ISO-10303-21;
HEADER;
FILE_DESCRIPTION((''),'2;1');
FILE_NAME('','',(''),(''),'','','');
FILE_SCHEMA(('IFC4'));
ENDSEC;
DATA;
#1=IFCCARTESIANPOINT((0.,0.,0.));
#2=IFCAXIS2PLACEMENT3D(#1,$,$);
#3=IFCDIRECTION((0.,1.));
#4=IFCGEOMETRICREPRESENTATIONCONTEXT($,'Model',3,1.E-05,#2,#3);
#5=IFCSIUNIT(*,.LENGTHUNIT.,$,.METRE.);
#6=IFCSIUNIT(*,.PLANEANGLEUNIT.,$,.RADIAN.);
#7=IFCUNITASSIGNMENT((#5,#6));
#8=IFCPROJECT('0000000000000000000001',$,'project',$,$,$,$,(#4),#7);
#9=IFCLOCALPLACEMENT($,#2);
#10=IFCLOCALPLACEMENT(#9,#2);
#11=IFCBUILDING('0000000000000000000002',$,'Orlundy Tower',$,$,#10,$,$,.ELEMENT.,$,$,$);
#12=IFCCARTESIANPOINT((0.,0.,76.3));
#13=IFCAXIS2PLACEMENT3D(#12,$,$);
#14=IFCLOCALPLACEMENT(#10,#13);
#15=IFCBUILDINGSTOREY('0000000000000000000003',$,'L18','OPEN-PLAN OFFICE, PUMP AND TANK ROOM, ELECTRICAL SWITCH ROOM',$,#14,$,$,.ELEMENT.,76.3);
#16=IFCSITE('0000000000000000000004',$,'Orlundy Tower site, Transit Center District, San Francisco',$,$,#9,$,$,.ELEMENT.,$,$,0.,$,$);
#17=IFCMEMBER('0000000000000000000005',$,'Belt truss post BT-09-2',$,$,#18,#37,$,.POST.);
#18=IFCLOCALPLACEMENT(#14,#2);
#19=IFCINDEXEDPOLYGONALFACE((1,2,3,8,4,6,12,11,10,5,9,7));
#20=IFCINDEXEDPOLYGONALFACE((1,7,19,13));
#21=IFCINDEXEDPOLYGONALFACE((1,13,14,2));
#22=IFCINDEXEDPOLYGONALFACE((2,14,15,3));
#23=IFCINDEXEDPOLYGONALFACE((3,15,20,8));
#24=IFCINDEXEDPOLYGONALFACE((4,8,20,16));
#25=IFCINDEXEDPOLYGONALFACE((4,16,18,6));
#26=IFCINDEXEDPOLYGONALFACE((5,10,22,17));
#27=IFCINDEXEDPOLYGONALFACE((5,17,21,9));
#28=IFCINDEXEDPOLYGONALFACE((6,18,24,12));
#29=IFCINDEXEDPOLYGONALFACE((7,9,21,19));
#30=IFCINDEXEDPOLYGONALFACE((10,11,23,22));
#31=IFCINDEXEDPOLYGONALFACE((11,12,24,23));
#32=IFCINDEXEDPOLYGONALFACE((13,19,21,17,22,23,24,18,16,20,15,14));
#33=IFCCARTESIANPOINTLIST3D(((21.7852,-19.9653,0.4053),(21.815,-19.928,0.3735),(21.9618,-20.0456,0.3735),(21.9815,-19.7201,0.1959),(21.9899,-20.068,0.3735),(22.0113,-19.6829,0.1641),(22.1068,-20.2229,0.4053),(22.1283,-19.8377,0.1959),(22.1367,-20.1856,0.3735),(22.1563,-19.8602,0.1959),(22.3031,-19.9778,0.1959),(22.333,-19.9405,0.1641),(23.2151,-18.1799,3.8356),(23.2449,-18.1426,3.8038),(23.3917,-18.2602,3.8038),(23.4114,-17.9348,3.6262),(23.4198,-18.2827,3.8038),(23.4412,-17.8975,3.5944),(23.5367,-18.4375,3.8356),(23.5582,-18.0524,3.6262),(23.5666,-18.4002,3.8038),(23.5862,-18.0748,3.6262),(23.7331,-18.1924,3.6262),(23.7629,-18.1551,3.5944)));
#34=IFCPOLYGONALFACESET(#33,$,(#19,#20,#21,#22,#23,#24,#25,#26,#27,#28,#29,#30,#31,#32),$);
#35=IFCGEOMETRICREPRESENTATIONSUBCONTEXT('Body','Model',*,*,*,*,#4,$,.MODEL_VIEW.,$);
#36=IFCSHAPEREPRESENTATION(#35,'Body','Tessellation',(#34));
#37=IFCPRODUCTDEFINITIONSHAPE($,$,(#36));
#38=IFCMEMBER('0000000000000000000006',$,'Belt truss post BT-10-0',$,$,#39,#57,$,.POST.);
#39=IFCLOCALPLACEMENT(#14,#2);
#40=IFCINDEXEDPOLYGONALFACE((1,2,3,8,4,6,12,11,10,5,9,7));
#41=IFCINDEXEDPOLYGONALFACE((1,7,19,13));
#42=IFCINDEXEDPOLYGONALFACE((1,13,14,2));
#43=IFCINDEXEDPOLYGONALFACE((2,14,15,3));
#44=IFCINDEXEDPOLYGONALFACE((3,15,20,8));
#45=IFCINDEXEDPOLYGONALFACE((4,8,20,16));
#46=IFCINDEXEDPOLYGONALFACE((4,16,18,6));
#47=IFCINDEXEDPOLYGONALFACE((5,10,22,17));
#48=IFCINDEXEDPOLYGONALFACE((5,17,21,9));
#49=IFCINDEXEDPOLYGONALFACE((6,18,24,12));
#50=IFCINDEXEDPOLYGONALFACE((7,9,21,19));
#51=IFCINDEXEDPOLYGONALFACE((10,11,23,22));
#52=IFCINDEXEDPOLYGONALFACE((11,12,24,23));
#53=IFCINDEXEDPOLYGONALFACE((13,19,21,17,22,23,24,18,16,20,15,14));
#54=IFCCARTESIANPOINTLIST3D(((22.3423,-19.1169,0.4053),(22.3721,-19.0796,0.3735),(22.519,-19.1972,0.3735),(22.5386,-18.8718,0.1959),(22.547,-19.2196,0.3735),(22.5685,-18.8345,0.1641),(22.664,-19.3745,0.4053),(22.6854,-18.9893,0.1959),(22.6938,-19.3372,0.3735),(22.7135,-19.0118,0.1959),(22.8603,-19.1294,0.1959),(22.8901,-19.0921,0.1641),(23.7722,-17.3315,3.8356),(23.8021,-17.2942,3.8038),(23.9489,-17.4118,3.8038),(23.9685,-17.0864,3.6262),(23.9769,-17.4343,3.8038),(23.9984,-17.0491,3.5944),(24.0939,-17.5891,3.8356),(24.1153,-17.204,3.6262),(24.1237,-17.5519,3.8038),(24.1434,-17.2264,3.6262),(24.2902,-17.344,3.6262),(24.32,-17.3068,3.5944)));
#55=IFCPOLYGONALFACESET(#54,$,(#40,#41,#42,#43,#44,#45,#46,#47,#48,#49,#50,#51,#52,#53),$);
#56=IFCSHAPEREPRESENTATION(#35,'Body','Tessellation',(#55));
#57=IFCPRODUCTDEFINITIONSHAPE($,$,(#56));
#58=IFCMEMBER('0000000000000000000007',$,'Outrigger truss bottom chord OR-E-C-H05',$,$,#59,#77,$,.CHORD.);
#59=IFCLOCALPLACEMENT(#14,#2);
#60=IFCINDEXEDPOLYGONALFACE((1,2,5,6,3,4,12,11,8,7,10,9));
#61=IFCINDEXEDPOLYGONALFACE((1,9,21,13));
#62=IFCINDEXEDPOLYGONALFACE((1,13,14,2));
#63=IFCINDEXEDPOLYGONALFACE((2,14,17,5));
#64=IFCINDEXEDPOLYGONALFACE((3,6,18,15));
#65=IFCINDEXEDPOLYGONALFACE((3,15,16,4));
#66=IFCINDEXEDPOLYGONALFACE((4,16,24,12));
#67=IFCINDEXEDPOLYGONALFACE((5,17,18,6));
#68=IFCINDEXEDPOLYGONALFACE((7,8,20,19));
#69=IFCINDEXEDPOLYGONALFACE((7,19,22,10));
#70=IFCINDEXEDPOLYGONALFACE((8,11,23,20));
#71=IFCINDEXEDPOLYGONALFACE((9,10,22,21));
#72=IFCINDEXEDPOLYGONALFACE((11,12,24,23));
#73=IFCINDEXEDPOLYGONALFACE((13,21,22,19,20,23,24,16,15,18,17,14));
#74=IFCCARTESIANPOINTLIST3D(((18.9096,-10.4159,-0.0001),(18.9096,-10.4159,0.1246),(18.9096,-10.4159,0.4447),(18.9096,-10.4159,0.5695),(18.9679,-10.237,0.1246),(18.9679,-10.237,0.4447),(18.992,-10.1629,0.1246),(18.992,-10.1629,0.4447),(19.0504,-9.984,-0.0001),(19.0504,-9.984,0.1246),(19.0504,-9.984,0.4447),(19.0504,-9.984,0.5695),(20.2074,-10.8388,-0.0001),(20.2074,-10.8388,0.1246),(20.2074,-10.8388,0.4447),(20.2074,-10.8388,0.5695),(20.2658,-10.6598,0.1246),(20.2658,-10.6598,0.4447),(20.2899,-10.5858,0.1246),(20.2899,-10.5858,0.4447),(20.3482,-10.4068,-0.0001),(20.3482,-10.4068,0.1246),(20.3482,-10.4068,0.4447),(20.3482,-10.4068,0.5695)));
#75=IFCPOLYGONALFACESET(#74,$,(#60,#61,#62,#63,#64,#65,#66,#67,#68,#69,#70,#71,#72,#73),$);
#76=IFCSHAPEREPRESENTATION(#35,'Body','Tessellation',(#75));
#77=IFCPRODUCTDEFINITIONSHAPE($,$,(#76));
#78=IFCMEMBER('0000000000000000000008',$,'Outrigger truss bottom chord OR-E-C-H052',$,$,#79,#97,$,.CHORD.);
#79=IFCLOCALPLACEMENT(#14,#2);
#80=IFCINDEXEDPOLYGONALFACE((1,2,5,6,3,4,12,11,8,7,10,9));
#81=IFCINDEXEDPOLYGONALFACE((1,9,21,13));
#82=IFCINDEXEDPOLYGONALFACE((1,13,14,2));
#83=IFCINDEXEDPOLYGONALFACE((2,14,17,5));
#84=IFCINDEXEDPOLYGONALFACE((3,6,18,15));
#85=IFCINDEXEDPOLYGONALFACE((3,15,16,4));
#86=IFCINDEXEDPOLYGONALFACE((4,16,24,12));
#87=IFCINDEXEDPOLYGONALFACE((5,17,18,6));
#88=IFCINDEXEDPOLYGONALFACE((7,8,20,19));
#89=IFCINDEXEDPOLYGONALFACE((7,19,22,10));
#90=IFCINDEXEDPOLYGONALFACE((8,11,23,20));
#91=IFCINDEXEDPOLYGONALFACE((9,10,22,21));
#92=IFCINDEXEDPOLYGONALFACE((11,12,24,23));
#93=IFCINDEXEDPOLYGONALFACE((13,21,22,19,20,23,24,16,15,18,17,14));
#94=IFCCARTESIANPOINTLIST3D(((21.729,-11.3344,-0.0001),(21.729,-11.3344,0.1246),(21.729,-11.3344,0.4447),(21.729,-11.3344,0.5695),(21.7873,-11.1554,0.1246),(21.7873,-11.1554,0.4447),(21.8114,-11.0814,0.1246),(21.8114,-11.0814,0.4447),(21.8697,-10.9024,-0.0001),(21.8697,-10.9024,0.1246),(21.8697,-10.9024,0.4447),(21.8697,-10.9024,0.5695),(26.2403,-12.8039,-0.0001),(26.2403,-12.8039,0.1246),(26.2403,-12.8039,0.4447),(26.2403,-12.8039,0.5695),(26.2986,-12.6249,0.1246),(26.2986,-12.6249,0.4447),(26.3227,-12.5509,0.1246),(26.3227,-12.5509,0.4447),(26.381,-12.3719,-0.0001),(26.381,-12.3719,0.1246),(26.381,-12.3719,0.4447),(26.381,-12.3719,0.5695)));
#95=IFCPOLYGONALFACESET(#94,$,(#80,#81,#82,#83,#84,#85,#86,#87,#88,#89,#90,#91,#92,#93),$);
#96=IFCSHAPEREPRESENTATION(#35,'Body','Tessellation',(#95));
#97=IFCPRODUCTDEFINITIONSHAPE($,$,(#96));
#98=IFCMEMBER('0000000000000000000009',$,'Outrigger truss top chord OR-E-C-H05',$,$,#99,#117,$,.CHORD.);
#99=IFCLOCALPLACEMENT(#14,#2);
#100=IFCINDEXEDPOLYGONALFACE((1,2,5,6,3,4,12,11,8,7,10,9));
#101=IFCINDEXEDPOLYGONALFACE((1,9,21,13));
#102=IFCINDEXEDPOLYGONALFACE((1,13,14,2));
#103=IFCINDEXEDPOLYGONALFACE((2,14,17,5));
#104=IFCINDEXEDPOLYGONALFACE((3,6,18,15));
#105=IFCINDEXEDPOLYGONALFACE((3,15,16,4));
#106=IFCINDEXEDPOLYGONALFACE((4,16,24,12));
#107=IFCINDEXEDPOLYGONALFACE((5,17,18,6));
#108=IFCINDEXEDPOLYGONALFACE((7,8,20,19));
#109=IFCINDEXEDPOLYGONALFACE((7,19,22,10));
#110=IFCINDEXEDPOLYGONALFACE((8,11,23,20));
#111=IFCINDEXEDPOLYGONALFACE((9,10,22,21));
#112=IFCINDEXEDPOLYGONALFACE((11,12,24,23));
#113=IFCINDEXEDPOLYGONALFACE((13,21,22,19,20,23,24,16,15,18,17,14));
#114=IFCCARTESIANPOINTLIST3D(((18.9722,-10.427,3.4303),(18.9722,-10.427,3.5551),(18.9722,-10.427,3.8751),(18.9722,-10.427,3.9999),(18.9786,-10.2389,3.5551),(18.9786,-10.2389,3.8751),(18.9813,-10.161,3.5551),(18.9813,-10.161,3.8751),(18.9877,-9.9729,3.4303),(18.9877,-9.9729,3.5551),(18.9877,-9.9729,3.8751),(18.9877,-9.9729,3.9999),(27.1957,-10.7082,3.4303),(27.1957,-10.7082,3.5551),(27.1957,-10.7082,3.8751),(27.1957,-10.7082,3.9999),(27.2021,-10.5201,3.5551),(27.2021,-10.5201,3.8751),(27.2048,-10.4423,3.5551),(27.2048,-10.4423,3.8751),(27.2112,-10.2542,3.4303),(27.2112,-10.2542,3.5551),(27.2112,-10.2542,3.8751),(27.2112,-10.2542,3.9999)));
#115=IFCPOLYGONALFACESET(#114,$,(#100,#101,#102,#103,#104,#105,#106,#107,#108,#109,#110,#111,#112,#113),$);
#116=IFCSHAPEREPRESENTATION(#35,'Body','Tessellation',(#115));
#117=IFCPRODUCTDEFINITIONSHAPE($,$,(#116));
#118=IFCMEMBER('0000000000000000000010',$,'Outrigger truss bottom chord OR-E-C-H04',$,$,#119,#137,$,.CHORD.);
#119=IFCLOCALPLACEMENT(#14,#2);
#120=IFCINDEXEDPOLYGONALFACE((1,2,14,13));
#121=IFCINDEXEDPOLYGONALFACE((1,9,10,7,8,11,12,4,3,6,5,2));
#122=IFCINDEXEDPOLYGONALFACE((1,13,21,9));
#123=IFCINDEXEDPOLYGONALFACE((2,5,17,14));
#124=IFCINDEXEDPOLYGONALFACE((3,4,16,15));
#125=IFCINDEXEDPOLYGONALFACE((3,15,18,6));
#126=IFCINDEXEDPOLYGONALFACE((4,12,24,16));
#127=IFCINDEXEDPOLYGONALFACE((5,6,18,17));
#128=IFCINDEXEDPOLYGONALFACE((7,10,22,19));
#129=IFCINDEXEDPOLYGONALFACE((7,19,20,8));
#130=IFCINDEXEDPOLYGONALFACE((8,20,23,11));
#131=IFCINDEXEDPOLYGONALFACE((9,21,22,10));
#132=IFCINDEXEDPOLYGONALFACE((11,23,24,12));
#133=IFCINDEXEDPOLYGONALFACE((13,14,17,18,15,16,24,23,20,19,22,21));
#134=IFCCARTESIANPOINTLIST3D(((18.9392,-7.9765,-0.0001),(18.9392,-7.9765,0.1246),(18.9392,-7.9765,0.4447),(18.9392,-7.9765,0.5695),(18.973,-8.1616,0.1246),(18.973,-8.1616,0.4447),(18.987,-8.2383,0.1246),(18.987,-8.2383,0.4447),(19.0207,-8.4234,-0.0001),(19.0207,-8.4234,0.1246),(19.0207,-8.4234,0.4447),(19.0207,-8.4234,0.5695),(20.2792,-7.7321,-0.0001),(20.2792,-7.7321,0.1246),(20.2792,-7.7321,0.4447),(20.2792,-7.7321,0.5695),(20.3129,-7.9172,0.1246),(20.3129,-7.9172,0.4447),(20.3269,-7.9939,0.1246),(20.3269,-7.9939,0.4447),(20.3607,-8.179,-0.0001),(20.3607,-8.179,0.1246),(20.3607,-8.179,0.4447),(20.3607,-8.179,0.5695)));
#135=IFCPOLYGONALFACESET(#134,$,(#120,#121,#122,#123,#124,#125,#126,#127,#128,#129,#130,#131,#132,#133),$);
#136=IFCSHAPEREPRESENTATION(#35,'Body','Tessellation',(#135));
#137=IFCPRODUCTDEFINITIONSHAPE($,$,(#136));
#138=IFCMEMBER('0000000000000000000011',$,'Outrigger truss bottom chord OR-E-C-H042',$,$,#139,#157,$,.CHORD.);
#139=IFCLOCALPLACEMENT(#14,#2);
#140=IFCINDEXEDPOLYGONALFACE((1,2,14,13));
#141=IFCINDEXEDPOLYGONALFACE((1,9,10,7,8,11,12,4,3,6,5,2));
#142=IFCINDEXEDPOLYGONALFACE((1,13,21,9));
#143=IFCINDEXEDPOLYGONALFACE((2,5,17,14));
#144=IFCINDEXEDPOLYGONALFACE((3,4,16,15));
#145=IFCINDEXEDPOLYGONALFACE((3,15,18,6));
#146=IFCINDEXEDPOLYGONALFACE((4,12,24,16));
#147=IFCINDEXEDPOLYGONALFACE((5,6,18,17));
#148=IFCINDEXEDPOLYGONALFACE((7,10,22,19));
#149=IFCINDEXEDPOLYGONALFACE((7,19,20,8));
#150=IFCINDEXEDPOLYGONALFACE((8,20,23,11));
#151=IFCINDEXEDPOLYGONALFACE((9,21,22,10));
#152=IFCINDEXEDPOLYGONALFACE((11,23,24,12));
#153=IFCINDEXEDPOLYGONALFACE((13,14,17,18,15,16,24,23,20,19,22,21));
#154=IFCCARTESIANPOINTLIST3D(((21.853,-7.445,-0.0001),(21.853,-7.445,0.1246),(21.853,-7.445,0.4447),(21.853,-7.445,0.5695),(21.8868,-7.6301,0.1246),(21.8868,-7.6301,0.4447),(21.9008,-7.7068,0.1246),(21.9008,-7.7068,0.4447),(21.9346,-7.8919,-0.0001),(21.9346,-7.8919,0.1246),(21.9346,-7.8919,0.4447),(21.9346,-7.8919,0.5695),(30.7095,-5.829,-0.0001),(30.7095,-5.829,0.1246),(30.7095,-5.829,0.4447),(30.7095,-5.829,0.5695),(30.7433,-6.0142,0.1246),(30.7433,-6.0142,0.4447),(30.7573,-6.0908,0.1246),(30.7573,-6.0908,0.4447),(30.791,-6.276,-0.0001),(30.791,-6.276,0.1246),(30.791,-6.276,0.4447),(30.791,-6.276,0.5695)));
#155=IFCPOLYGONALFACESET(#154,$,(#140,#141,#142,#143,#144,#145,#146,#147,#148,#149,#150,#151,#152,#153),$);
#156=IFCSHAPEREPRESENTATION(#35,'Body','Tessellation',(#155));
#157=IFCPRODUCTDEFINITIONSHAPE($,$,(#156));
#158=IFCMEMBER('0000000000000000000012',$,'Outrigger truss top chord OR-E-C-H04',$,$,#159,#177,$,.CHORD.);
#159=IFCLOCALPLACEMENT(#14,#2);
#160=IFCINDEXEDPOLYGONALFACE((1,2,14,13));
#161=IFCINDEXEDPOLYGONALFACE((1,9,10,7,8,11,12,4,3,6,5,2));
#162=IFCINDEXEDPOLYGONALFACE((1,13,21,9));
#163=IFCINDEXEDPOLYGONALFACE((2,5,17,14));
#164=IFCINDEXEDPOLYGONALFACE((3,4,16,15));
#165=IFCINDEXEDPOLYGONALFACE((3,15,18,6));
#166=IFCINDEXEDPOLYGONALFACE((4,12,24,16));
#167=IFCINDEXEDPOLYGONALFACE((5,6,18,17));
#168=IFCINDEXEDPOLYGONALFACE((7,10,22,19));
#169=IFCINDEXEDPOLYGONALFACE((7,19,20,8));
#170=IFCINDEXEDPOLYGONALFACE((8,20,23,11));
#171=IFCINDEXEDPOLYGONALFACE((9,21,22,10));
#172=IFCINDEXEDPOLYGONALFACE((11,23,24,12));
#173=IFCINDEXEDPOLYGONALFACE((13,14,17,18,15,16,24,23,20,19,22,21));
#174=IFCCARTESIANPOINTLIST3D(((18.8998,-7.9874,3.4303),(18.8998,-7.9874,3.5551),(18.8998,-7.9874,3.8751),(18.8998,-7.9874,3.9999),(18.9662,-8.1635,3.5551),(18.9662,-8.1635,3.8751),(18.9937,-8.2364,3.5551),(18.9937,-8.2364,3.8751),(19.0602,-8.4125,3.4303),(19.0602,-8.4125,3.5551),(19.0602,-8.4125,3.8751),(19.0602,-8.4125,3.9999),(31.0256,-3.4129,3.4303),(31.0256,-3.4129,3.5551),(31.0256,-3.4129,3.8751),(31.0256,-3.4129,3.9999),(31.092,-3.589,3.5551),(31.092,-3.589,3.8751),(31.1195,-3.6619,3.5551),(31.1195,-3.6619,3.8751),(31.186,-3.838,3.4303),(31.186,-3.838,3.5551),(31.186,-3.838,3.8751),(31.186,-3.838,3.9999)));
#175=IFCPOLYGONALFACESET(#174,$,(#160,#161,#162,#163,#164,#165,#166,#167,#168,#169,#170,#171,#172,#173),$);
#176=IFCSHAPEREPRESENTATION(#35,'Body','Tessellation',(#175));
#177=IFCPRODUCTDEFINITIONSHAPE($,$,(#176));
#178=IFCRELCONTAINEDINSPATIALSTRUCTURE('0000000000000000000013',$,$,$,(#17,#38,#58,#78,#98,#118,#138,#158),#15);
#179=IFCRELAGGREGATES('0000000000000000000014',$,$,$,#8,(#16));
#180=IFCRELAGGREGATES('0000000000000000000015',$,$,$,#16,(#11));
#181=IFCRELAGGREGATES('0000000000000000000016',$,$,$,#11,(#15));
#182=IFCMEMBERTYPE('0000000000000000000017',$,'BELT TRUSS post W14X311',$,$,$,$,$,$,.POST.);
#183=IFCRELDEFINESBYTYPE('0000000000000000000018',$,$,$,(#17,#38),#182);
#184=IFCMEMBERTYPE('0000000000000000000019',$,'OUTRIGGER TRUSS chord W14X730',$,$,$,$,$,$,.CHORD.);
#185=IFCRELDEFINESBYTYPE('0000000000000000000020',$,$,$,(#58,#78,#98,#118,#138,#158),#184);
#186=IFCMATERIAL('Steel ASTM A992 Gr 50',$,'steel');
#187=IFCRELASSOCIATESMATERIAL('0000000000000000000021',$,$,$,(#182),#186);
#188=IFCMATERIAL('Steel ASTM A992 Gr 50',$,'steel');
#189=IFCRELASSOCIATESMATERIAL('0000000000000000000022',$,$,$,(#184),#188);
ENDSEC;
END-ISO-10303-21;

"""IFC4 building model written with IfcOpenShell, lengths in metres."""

from ifc_helpers import new_model, si_unit, direction, frame, origin, origin_2d, place, context, subcontext, project, spatial, i_section, extrude, material, material_profile, profile_set, type_object, element, save


model = new_model("IFC4")

# Units and contexts
model_context = context("Model", 3, precision=1e-05, world=origin(), true_north=direction((0.0, 1.0)))
body_context = subcontext(model_context, "Body", "Model", "MODEL_VIEW")
ifc_project = project(units=[si_unit("LENGTHUNIT", "METRE"), si_unit("PLANEANGLEUNIT", "RADIAN")], contexts=[model_context])

# Site, building, storey
site_placement = place(None, origin())
site = spatial("IfcSite", under=ifc_project, at=site_placement, Name="Orlundy Tower site, Transit Center District, San Francisco", CompositionType="ELEMENT", RefElevation=0.0)
building_placement = place(site_placement, origin())
building = spatial("IfcBuilding", under=site, at=building_placement, Name="Orlundy Tower", CompositionType="ELEMENT")
storey_placement = place(building_placement, frame((0.0, 0.0, 76.3)))
storey = spatial("IfcBuildingStorey", under=building, at=storey_placement, Name="L18", Description="OPEN-PLAN OFFICE, PUMP AND TANK ROOM, ELECTRICAL SWITCH ROOM", CompositionType="ELEMENT", Elevation=76.3)

# Members
ifc_material_1 = material(Name="Steel ASTM A992 Gr 50", Category="steel")
ifc_material_profile_1 = material_profile(ifc_material_1, i_section(OverallWidth=0.4121, OverallDepth=0.4348, WebThickness=0.0359, FlangeThickness=0.0574, at=origin_2d()), Name="W14X311")
ifc_profile_set_1 = profile_set([ifc_material_profile_1], Name="Steel ASTM A992 Gr 50")
member_type_1 = type_object("IfcMemberType", Name="BELT TRUSS post W14X311", PredefinedType="POST", material=ifc_profile_set_1)
for number, where, z_axis, x_axis, name in (
    (1, (22.0591, -19.9529, 0.2847), (0.346808, 0.433021, 0.831996), (-0.780525, 0.625124, 0.0), "Belt truss post BT-09-2"),
    (2, (22.6162, -19.1045, 0.2847), (0.346808, 0.433021, 0.831996), (-0.780525, 0.625124, 0.0), "Belt truss post BT-10-0"),
):
    element("IfcMember", number, at=place(storey_placement, frame(where, z_axis=z_axis, x_axis=x_axis)), inside=storey, type_object=member_type_1, Name=name, PredefinedType="POST", context=body_context, shape_type="SweptSolid", body=[
        extrude(i_section(OverallWidth=0.4121, OverallDepth=0.4348, WebThickness=0.0359, FlangeThickness=0.0574, at=origin_2d()), origin(), (0.0, 0.0, 1.0), 4.123),
    ])
ifc_material_2 = material(Name="Steel ASTM A992 Gr 50", Category="steel")
ifc_material_profile_2 = material_profile(ifc_material_2, i_section(OverallWidth=0.4543, OverallDepth=0.5696, WebThickness=0.0779, FlangeThickness=0.1248, at=origin_2d()), Name="W14X730")
ifc_profile_set_2 = profile_set([ifc_material_profile_2], Name="Steel ASTM A992 Gr 50")
member_type_2 = type_object("IfcMemberType", Name="OUTRIGGER TRUSS chord W14X730", PredefinedType="CHORD", material=ifc_profile_set_2)
member_1_placement = place(storey_placement, frame((18.98, -10.2, 0.2847), z_axis=(0.950808, -0.309782, 0.0), x_axis=(0.309782, 0.950808, 0.0)))
element("IfcMember", 3, at=member_1_placement, inside=storey, type_object=member_type_2, Name="Outrigger truss bottom chord OR-E-C-H05", PredefinedType="CHORD", context=body_context, shape_type="SweptSolid", body=[
    extrude(i_section(OverallWidth=0.4543, OverallDepth=0.5696, WebThickness=0.0779, FlangeThickness=0.1248, at=origin_2d()), origin(), (0.0, 0.0, 1.0), 1.365),
])
member_2_placement = place(storey_placement, frame((21.7993, -11.1184, 0.2847), z_axis=(0.950827, -0.309721, 0.0), x_axis=(0.309721, 0.950827, 0.0)))
element("IfcMember", 4, at=member_2_placement, inside=storey, type_object=member_type_2, Name="Outrigger truss bottom chord OR-E-C-H052", PredefinedType="CHORD", context=body_context, shape_type="SweptSolid", body=[
    extrude(i_section(OverallWidth=0.4543, OverallDepth=0.5696, WebThickness=0.0779, FlangeThickness=0.1248, at=origin_2d()), origin(), (0.0, 0.0, 1.0), 4.7446),
])
member_3_placement = place(storey_placement, frame((18.98, -10.2, 3.7151), z_axis=(0.999416, -0.034181, 0.0), x_axis=(0.034181, 0.999416, 0.0)))
element("IfcMember", 5, at=member_3_placement, inside=storey, type_object=member_type_2, Name="Outrigger truss top chord OR-E-C-H05", PredefinedType="CHORD", context=body_context, shape_type="SweptSolid", body=[
    extrude(i_section(OverallWidth=0.4543, OverallDepth=0.5696, WebThickness=0.0779, FlangeThickness=0.1248, at=origin_2d()), origin(), (0.0, 0.0, 1.0), 8.2283),
])
member_4_placement = place(storey_placement, frame((18.98, -8.2, 0.2847), z_axis=(0.983769, 0.179438, 0.0), x_axis=(-0.179438, 0.983769, 0.0)))
element("IfcMember", 6, at=member_4_placement, inside=storey, type_object=member_type_2, Name="Outrigger truss bottom chord OR-E-C-H04", PredefinedType="CHORD", context=body_context, shape_type="SweptSolid", body=[
    extrude(i_section(OverallWidth=0.4543, OverallDepth=0.5696, WebThickness=0.0779, FlangeThickness=0.1248, at=origin_2d()), origin(), (0.0, 0.0, 1.0), 1.3621),
])
member_5_placement = place(storey_placement, frame((21.8938, -7.6685, 0.2847), z_axis=(0.983758, 0.179499, 0.0), x_axis=(-0.179499, 0.983758, 0.0)))
element("IfcMember", 7, at=member_5_placement, inside=storey, type_object=member_type_2, Name="Outrigger truss bottom chord OR-E-C-H042", PredefinedType="CHORD", context=body_context, shape_type="SweptSolid", body=[
    extrude(i_section(OverallWidth=0.4543, OverallDepth=0.5696, WebThickness=0.0779, FlangeThickness=0.1248, at=origin_2d()), origin(), (0.0, 0.0, 1.0), 9.0027),
])
member_6_placement = place(storey_placement, frame((18.98, -8.2, 3.7151), z_axis=(0.935634, 0.35297, 0.0), x_axis=(-0.35297, 0.935634, 0.0)))
element("IfcMember", 8, at=member_6_placement, inside=storey, type_object=member_type_2, Name="Outrigger truss top chord OR-E-C-H04", PredefinedType="CHORD", context=body_context, shape_type="SweptSolid", body=[
    extrude(i_section(OverallWidth=0.4543, OverallDepth=0.5696, WebThickness=0.0779, FlangeThickness=0.1248, at=origin_2d()), origin(), (0.0, 0.0, 1.0), 12.96),
])

save(model, "model.ifc")
